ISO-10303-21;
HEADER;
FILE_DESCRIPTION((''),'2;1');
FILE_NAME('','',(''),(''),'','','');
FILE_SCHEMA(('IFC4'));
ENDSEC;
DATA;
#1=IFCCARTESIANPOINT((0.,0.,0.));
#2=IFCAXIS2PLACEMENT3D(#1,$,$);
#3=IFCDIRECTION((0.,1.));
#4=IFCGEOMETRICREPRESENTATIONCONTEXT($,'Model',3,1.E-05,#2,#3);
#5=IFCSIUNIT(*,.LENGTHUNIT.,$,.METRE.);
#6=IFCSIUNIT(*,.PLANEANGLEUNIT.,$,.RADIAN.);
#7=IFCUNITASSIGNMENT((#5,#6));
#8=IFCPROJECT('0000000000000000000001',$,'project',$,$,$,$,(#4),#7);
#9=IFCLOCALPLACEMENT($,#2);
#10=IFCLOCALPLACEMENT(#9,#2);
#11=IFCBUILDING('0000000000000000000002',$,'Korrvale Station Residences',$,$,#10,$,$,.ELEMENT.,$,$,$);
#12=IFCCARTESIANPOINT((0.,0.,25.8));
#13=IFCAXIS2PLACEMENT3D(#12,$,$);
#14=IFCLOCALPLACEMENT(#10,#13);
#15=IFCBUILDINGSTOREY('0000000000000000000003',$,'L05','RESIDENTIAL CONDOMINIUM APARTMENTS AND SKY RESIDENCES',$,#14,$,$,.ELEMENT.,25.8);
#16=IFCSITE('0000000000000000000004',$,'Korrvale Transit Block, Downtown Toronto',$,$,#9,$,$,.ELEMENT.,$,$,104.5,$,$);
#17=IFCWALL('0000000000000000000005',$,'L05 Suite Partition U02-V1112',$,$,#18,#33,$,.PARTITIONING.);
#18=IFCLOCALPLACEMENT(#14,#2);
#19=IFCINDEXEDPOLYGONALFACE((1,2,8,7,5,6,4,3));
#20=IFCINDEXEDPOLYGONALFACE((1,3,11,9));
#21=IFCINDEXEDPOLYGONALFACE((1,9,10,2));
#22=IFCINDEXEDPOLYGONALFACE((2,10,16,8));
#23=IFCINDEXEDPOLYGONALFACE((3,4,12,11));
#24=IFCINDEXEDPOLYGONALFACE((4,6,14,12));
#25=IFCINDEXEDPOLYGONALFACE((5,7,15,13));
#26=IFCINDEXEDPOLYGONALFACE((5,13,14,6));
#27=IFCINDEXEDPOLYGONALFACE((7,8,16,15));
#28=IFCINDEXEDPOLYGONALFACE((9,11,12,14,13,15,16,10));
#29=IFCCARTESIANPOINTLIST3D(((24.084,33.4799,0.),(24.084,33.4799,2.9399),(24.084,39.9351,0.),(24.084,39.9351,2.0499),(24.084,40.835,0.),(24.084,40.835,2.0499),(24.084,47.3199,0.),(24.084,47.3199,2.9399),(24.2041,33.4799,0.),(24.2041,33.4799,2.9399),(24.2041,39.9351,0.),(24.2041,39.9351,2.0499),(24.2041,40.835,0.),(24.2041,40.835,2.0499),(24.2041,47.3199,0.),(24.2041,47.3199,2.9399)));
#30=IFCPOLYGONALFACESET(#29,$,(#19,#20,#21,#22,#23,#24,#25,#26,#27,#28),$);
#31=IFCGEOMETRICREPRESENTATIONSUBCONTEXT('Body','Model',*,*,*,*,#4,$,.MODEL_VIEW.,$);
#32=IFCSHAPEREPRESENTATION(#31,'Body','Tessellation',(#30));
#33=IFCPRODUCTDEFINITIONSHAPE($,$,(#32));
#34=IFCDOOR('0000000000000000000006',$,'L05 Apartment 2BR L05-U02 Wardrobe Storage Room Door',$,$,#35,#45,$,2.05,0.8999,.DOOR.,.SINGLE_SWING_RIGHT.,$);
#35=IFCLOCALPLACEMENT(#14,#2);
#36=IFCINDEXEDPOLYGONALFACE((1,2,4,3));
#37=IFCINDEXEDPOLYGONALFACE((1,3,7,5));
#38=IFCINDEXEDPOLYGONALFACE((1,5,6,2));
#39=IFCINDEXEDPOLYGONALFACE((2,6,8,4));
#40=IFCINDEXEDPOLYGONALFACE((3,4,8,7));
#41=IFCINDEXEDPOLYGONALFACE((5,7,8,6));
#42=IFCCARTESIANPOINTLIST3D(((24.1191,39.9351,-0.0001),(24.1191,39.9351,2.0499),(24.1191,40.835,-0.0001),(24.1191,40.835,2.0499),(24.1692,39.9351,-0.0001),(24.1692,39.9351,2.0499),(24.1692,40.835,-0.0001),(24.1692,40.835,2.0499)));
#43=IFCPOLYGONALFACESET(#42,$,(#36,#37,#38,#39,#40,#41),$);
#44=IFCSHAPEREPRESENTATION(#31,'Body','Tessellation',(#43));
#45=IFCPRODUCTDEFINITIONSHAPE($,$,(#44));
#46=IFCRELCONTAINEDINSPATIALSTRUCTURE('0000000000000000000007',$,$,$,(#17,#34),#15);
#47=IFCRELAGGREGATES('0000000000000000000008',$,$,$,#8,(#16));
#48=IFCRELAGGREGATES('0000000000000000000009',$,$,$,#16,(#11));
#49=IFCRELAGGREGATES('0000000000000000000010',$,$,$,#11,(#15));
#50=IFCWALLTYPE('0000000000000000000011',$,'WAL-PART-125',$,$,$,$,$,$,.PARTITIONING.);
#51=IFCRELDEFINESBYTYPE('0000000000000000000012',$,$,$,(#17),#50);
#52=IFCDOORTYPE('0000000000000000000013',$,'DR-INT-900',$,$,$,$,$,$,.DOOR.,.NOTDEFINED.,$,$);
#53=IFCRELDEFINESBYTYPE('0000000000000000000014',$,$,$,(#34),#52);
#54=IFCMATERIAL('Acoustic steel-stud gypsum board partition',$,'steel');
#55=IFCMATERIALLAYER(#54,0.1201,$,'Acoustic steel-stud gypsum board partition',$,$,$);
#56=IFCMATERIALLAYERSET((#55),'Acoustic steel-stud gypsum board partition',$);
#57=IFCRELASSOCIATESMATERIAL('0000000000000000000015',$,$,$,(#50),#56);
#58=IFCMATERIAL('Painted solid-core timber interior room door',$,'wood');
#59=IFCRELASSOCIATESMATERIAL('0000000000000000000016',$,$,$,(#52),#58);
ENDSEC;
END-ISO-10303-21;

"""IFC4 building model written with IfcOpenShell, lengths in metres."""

from ifc_helpers import new_model, si_unit, direction, frame, frame_2d, origin, place, context, subcontext, project, spatial, rectangle, extrude, material, layer, layer_set, type_object, element, fill, save


model = new_model("IFC4")

# Units and contexts
model_context = context("Model", 3, precision=1e-05, world=origin(), true_north=direction((0.0, 1.0)))
body_context = subcontext(model_context, "Body", "Model", "MODEL_VIEW")
ifc_project = project(units=[si_unit("LENGTHUNIT", "METRE"), si_unit("PLANEANGLEUNIT", "RADIAN")], contexts=[model_context])

# Site, building, storey
site_placement = place(None, origin())
site = spatial("IfcSite", under=ifc_project, at=site_placement, Name="Korrvale Transit Block, Downtown Toronto", CompositionType="ELEMENT", RefElevation=104.5)
building_placement = place(site_placement, origin())
building = spatial("IfcBuilding", under=site, at=building_placement, Name="Korrvale Station Residences", CompositionType="ELEMENT")
storey_placement = place(building_placement, frame((0.0, 0.0, 25.8)))
storey = spatial("IfcBuildingStorey", under=building, at=storey_placement, Name="L05", Description="RESIDENTIAL CONDOMINIUM APARTMENTS AND SKY RESIDENCES", CompositionType="ELEMENT", Elevation=25.8)

# Shared definitions
ifc_material_1 = material(Name="Acoustic steel-stud gypsum board partition", Category="steel")
ifc_layer = layer(ifc_material_1, 0.1201, Name="Acoustic steel-stud gypsum board partition")
ifc_layer_set = layer_set([ifc_layer], Name="Acoustic steel-stud gypsum board partition")
wall_type = type_object("IfcWallType", Name="WAL-PART-125", PredefinedType="PARTITIONING", material=ifc_layer_set)
ifc_material_2 = material(Name="Painted solid-core timber interior room door", Category="wood")
door_type = type_object("IfcDoorType", Name="DR-INT-900", OperationType="NOTDEFINED", PredefinedType="DOOR", material=ifc_material_2)

# Wall, opening, door
wall_1_placement = place(storey_placement, frame((24.144, 33.48, 0.0), z_axis=(0.0, 0.0, 1.0), x_axis=(0.0, 1.0, 0.0)))
wall_1 = element("IfcWall", 1, at=wall_1_placement, inside=storey, type_object=wall_type, Name="L05 Suite Partition U02-V1112", PredefinedType="PARTITIONING", context=body_context, shape_type="SweptSolid", body=[
    extrude(rectangle(XDim=13.8401, YDim=0.1201, at=frame_2d((6.9199, 0.0))), origin(), (0.0, 0.0, 1.0), 2.9399),
])
opening_1_placement = place(wall_1_placement, frame((6.4551, 0.0, 0.0)))
opening_1 = element("IfcOpeningElement", 2, at=opening_1_placement, cuts=wall_1, PredefinedType="OPENING", context=body_context, shape_type="SweptSolid", body=[
    extrude(rectangle(XDim=0.8999, YDim=2.05, at=frame_2d((0.45, 1.0249))), frame((0.0, 0.0701, 0.0), z_axis=(0.0, -1.0, 0.0), x_axis=(1.0, 0.0, 0.0)), (0.0, 0.0, 1.0), 0.1401),
])
door_1_placement = place(opening_1_placement, origin())
door_1 = element("IfcDoor", 3, at=door_1_placement, inside=storey, type_object=door_type, Name="L05 Apartment 2BR L05-U02 Wardrobe Storage Room Door", OperationType="SINGLE_SWING_RIGHT", OverallHeight=2.05, OverallWidth=0.8999, PredefinedType="DOOR", context=body_context, shape_type="SweptSolid", body=[
    extrude(rectangle(XDim=0.8999, YDim=2.05, at=frame_2d((0.45, 1.0249))), frame((0.0, 0.0249, 0.0), z_axis=(0.0, -1.0, 0.0), x_axis=(1.0, 0.0, 0.0)), (0.0, 0.0, 1.0), 0.05),
])
fill(opening_1, door_1)

save(model, "model.ifc")
